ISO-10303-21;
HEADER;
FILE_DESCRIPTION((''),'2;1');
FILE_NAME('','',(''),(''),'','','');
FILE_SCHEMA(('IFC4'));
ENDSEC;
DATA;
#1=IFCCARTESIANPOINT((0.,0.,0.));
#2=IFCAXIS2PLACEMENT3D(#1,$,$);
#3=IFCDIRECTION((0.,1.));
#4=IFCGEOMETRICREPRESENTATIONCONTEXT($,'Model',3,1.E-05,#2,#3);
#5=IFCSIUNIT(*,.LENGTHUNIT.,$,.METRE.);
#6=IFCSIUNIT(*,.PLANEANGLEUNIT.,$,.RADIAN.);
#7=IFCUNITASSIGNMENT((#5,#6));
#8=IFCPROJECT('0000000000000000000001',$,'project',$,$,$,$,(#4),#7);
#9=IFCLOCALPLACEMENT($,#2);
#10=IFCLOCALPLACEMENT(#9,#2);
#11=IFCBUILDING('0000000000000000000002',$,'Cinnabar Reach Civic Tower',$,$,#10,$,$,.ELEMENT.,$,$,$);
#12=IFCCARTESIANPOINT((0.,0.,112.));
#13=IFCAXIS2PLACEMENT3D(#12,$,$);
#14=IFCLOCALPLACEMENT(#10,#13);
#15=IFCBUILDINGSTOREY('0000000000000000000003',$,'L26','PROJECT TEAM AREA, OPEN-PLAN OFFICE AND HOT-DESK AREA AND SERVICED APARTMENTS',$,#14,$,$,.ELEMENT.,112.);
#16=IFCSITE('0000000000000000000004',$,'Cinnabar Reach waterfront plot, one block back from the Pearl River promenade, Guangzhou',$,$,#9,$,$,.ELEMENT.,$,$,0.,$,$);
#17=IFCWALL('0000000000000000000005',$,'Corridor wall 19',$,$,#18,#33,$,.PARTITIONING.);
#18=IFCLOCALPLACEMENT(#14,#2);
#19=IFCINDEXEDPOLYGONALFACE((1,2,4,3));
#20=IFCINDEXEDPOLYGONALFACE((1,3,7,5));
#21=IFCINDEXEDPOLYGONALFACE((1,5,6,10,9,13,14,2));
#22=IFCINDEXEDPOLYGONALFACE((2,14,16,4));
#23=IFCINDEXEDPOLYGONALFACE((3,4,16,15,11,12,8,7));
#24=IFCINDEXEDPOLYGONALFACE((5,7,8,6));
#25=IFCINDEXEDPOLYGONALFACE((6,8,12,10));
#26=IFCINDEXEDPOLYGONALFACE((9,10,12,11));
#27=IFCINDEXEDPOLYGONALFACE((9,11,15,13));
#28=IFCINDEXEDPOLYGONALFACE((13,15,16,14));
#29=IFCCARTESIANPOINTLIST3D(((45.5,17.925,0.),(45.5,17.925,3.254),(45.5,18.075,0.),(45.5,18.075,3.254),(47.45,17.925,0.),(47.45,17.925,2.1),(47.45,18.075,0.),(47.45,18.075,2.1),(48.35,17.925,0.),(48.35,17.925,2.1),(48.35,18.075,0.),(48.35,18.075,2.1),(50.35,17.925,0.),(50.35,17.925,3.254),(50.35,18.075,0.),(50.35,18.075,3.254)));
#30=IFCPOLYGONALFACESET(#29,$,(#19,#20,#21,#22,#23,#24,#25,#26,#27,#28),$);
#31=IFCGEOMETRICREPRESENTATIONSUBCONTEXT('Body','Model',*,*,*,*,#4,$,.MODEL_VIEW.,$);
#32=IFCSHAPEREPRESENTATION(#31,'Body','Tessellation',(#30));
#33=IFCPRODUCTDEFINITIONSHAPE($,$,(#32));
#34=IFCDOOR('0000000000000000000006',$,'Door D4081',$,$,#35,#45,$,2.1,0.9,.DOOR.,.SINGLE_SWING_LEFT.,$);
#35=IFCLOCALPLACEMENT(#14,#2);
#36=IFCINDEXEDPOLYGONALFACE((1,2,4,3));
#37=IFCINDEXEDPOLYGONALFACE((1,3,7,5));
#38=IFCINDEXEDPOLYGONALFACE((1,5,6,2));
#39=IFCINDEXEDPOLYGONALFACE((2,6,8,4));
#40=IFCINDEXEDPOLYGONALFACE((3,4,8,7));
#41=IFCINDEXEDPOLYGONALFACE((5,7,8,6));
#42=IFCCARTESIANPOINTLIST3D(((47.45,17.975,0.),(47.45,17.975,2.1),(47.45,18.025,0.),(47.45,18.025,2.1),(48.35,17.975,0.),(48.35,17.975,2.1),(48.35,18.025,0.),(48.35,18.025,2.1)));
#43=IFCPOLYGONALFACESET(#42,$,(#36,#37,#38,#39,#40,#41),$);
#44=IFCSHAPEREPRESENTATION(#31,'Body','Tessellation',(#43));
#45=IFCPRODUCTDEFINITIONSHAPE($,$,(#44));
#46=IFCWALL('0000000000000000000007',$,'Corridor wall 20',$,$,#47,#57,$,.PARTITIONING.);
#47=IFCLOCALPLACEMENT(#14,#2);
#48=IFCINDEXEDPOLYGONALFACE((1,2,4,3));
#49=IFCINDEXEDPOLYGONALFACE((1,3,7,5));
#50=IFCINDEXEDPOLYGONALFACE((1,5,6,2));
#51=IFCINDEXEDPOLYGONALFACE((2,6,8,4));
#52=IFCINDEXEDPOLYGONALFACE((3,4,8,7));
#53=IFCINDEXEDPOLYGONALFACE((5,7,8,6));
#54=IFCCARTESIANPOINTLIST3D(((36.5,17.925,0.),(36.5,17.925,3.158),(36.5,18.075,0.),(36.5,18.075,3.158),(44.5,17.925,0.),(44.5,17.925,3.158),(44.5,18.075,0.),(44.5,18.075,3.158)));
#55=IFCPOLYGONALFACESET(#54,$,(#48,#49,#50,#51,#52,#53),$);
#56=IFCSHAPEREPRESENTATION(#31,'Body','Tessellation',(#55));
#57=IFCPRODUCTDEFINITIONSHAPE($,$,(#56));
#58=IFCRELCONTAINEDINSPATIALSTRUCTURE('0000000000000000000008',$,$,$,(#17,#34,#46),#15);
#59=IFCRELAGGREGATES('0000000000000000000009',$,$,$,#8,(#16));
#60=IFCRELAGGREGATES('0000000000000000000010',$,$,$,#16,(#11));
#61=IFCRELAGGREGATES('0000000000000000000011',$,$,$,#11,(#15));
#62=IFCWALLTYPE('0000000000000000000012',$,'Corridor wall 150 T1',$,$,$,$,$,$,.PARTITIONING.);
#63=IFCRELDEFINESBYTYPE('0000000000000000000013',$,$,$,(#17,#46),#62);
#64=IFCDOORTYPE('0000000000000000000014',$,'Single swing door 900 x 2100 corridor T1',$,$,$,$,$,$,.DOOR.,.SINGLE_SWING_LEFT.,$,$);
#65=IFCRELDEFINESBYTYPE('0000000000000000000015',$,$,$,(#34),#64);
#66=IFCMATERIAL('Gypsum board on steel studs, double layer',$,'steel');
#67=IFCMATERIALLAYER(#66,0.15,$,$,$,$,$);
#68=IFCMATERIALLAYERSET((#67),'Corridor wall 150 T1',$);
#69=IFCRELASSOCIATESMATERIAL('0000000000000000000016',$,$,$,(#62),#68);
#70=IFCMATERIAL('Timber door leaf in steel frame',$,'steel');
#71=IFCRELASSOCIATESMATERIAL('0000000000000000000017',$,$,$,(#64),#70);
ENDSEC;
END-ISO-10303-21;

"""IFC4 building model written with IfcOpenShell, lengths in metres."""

from ifc_helpers import new_model, si_unit, direction, frame, frame_2d, origin, place, context, subcontext, project, spatial, rectangle, extrude, material, layer, layer_set, type_object, element, fill, save


model = new_model("IFC4")

# Units and contexts
model_context = context("Model", 3, precision=1e-05, world=origin(), true_north=direction((0.0, 1.0)))
body_context = subcontext(model_context, "Body", "Model", "MODEL_VIEW")
ifc_project = project(units=[si_unit("LENGTHUNIT", "METRE"), si_unit("PLANEANGLEUNIT", "RADIAN")], contexts=[model_context])

# Site, building, storey
site_placement = place(None, origin())
site = spatial("IfcSite", under=ifc_project, at=site_placement, Name="Cinnabar Reach waterfront plot, one block back from the Pearl River promenade, Guangzhou", CompositionType="ELEMENT", RefElevation=0.0)
building_placement = place(site_placement, origin())
building = spatial("IfcBuilding", under=site, at=building_placement, Name="Cinnabar Reach Civic Tower", CompositionType="ELEMENT")
storey_placement = place(building_placement, frame((0.0, 0.0, 112.0)))
storey = spatial("IfcBuildingStorey", under=building, at=storey_placement, Name="L26", Description="PROJECT TEAM AREA, OPEN-PLAN OFFICE AND HOT-DESK AREA AND SERVICED APARTMENTS", CompositionType="ELEMENT", Elevation=112.0)

# Wall, opening, door
ifc_material_1 = material(Name="Gypsum board on steel studs, double layer", Category="steel")
ifc_layer_1 = layer(ifc_material_1, 0.15)
ifc_layer_set_1 = layer_set([ifc_layer_1], Name="Corridor wall 150 T1")
wall_type_1 = type_object("IfcWallType", Name="Corridor wall 150 T1", PredefinedType="PARTITIONING", material=ifc_layer_set_1)
wall_1_placement = place(storey_placement, frame((45.5, 18.0, 0.0), z_axis=(0.0, 0.0, 1.0), x_axis=(1.0, 0.0, 0.0)))
wall_1 = element("IfcWall", 1, at=wall_1_placement, inside=storey, type_object=wall_type_1, Name="Corridor wall 19", PredefinedType="PARTITIONING", context=body_context, shape_type="SweptSolid", body=[
    extrude(rectangle(XDim=4.85, YDim=0.15, at=frame_2d((2.425, 0.0))), origin(), (0.0, 0.0, 1.0), 3.254),
])
opening_1_placement = place(wall_1_placement, frame((1.95, 0.0, 0.0)))
opening_1 = element("IfcOpeningElement", 2, at=opening_1_placement, cuts=wall_1, PredefinedType="OPENING", context=body_context, shape_type="SweptSolid", body=[
    extrude(rectangle(XDim=0.9, YDim=2.1, at=frame_2d((0.45, 1.05))), frame((0.0, 0.085, 0.0), z_axis=(0.0, -1.0, 0.0), x_axis=(1.0, 0.0, 0.0)), (0.0, 0.0, 1.0), 0.17),
])
ifc_material_2 = material(Name="Timber door leaf in steel frame", Category="steel")
door_type = type_object("IfcDoorType", Name="Single swing door 900 x 2100 corridor T1", OperationType="SINGLE_SWING_LEFT", PredefinedType="DOOR", material=ifc_material_2)
door_placement = place(opening_1_placement, frame((0.9, 0.0, 0.0), z_axis=(0.0, 0.0, 1.0), x_axis=(-1.0, 0.0, 0.0)))
door = element("IfcDoor", 3, at=door_placement, inside=storey, type_object=door_type, Name="Door D4081", OperationType="SINGLE_SWING_LEFT", OverallHeight=2.1, OverallWidth=0.9, PredefinedType="DOOR", context=body_context, shape_type="SweptSolid", body=[
    extrude(rectangle(XDim=0.9, YDim=2.1, at=frame_2d((0.45, 1.05))), frame((0.0, 0.025, 0.0), z_axis=(0.0, -1.0, 0.0), x_axis=(1.0, 0.0, 0.0)), (0.0, 0.0, 1.0), 0.05),
])
fill(opening_1, door)

# Wall
wall_2_placement = place(storey_placement, frame((36.5, 18.0, 0.0), z_axis=(0.0, 0.0, 1.0), x_axis=(1.0, 0.0, 0.0)))
element("IfcWall", 4, at=wall_2_placement, inside=storey, type_object=wall_type_1, Name="Corridor wall 20", PredefinedType="PARTITIONING", context=body_context, shape_type="SweptSolid", body=[
    extrude(rectangle(XDim=8.0, YDim=0.15, at=frame_2d((4.0, 0.0))), origin(), (0.0, 0.0, 1.0), 3.158),
])

save(model, "model.ifc")
